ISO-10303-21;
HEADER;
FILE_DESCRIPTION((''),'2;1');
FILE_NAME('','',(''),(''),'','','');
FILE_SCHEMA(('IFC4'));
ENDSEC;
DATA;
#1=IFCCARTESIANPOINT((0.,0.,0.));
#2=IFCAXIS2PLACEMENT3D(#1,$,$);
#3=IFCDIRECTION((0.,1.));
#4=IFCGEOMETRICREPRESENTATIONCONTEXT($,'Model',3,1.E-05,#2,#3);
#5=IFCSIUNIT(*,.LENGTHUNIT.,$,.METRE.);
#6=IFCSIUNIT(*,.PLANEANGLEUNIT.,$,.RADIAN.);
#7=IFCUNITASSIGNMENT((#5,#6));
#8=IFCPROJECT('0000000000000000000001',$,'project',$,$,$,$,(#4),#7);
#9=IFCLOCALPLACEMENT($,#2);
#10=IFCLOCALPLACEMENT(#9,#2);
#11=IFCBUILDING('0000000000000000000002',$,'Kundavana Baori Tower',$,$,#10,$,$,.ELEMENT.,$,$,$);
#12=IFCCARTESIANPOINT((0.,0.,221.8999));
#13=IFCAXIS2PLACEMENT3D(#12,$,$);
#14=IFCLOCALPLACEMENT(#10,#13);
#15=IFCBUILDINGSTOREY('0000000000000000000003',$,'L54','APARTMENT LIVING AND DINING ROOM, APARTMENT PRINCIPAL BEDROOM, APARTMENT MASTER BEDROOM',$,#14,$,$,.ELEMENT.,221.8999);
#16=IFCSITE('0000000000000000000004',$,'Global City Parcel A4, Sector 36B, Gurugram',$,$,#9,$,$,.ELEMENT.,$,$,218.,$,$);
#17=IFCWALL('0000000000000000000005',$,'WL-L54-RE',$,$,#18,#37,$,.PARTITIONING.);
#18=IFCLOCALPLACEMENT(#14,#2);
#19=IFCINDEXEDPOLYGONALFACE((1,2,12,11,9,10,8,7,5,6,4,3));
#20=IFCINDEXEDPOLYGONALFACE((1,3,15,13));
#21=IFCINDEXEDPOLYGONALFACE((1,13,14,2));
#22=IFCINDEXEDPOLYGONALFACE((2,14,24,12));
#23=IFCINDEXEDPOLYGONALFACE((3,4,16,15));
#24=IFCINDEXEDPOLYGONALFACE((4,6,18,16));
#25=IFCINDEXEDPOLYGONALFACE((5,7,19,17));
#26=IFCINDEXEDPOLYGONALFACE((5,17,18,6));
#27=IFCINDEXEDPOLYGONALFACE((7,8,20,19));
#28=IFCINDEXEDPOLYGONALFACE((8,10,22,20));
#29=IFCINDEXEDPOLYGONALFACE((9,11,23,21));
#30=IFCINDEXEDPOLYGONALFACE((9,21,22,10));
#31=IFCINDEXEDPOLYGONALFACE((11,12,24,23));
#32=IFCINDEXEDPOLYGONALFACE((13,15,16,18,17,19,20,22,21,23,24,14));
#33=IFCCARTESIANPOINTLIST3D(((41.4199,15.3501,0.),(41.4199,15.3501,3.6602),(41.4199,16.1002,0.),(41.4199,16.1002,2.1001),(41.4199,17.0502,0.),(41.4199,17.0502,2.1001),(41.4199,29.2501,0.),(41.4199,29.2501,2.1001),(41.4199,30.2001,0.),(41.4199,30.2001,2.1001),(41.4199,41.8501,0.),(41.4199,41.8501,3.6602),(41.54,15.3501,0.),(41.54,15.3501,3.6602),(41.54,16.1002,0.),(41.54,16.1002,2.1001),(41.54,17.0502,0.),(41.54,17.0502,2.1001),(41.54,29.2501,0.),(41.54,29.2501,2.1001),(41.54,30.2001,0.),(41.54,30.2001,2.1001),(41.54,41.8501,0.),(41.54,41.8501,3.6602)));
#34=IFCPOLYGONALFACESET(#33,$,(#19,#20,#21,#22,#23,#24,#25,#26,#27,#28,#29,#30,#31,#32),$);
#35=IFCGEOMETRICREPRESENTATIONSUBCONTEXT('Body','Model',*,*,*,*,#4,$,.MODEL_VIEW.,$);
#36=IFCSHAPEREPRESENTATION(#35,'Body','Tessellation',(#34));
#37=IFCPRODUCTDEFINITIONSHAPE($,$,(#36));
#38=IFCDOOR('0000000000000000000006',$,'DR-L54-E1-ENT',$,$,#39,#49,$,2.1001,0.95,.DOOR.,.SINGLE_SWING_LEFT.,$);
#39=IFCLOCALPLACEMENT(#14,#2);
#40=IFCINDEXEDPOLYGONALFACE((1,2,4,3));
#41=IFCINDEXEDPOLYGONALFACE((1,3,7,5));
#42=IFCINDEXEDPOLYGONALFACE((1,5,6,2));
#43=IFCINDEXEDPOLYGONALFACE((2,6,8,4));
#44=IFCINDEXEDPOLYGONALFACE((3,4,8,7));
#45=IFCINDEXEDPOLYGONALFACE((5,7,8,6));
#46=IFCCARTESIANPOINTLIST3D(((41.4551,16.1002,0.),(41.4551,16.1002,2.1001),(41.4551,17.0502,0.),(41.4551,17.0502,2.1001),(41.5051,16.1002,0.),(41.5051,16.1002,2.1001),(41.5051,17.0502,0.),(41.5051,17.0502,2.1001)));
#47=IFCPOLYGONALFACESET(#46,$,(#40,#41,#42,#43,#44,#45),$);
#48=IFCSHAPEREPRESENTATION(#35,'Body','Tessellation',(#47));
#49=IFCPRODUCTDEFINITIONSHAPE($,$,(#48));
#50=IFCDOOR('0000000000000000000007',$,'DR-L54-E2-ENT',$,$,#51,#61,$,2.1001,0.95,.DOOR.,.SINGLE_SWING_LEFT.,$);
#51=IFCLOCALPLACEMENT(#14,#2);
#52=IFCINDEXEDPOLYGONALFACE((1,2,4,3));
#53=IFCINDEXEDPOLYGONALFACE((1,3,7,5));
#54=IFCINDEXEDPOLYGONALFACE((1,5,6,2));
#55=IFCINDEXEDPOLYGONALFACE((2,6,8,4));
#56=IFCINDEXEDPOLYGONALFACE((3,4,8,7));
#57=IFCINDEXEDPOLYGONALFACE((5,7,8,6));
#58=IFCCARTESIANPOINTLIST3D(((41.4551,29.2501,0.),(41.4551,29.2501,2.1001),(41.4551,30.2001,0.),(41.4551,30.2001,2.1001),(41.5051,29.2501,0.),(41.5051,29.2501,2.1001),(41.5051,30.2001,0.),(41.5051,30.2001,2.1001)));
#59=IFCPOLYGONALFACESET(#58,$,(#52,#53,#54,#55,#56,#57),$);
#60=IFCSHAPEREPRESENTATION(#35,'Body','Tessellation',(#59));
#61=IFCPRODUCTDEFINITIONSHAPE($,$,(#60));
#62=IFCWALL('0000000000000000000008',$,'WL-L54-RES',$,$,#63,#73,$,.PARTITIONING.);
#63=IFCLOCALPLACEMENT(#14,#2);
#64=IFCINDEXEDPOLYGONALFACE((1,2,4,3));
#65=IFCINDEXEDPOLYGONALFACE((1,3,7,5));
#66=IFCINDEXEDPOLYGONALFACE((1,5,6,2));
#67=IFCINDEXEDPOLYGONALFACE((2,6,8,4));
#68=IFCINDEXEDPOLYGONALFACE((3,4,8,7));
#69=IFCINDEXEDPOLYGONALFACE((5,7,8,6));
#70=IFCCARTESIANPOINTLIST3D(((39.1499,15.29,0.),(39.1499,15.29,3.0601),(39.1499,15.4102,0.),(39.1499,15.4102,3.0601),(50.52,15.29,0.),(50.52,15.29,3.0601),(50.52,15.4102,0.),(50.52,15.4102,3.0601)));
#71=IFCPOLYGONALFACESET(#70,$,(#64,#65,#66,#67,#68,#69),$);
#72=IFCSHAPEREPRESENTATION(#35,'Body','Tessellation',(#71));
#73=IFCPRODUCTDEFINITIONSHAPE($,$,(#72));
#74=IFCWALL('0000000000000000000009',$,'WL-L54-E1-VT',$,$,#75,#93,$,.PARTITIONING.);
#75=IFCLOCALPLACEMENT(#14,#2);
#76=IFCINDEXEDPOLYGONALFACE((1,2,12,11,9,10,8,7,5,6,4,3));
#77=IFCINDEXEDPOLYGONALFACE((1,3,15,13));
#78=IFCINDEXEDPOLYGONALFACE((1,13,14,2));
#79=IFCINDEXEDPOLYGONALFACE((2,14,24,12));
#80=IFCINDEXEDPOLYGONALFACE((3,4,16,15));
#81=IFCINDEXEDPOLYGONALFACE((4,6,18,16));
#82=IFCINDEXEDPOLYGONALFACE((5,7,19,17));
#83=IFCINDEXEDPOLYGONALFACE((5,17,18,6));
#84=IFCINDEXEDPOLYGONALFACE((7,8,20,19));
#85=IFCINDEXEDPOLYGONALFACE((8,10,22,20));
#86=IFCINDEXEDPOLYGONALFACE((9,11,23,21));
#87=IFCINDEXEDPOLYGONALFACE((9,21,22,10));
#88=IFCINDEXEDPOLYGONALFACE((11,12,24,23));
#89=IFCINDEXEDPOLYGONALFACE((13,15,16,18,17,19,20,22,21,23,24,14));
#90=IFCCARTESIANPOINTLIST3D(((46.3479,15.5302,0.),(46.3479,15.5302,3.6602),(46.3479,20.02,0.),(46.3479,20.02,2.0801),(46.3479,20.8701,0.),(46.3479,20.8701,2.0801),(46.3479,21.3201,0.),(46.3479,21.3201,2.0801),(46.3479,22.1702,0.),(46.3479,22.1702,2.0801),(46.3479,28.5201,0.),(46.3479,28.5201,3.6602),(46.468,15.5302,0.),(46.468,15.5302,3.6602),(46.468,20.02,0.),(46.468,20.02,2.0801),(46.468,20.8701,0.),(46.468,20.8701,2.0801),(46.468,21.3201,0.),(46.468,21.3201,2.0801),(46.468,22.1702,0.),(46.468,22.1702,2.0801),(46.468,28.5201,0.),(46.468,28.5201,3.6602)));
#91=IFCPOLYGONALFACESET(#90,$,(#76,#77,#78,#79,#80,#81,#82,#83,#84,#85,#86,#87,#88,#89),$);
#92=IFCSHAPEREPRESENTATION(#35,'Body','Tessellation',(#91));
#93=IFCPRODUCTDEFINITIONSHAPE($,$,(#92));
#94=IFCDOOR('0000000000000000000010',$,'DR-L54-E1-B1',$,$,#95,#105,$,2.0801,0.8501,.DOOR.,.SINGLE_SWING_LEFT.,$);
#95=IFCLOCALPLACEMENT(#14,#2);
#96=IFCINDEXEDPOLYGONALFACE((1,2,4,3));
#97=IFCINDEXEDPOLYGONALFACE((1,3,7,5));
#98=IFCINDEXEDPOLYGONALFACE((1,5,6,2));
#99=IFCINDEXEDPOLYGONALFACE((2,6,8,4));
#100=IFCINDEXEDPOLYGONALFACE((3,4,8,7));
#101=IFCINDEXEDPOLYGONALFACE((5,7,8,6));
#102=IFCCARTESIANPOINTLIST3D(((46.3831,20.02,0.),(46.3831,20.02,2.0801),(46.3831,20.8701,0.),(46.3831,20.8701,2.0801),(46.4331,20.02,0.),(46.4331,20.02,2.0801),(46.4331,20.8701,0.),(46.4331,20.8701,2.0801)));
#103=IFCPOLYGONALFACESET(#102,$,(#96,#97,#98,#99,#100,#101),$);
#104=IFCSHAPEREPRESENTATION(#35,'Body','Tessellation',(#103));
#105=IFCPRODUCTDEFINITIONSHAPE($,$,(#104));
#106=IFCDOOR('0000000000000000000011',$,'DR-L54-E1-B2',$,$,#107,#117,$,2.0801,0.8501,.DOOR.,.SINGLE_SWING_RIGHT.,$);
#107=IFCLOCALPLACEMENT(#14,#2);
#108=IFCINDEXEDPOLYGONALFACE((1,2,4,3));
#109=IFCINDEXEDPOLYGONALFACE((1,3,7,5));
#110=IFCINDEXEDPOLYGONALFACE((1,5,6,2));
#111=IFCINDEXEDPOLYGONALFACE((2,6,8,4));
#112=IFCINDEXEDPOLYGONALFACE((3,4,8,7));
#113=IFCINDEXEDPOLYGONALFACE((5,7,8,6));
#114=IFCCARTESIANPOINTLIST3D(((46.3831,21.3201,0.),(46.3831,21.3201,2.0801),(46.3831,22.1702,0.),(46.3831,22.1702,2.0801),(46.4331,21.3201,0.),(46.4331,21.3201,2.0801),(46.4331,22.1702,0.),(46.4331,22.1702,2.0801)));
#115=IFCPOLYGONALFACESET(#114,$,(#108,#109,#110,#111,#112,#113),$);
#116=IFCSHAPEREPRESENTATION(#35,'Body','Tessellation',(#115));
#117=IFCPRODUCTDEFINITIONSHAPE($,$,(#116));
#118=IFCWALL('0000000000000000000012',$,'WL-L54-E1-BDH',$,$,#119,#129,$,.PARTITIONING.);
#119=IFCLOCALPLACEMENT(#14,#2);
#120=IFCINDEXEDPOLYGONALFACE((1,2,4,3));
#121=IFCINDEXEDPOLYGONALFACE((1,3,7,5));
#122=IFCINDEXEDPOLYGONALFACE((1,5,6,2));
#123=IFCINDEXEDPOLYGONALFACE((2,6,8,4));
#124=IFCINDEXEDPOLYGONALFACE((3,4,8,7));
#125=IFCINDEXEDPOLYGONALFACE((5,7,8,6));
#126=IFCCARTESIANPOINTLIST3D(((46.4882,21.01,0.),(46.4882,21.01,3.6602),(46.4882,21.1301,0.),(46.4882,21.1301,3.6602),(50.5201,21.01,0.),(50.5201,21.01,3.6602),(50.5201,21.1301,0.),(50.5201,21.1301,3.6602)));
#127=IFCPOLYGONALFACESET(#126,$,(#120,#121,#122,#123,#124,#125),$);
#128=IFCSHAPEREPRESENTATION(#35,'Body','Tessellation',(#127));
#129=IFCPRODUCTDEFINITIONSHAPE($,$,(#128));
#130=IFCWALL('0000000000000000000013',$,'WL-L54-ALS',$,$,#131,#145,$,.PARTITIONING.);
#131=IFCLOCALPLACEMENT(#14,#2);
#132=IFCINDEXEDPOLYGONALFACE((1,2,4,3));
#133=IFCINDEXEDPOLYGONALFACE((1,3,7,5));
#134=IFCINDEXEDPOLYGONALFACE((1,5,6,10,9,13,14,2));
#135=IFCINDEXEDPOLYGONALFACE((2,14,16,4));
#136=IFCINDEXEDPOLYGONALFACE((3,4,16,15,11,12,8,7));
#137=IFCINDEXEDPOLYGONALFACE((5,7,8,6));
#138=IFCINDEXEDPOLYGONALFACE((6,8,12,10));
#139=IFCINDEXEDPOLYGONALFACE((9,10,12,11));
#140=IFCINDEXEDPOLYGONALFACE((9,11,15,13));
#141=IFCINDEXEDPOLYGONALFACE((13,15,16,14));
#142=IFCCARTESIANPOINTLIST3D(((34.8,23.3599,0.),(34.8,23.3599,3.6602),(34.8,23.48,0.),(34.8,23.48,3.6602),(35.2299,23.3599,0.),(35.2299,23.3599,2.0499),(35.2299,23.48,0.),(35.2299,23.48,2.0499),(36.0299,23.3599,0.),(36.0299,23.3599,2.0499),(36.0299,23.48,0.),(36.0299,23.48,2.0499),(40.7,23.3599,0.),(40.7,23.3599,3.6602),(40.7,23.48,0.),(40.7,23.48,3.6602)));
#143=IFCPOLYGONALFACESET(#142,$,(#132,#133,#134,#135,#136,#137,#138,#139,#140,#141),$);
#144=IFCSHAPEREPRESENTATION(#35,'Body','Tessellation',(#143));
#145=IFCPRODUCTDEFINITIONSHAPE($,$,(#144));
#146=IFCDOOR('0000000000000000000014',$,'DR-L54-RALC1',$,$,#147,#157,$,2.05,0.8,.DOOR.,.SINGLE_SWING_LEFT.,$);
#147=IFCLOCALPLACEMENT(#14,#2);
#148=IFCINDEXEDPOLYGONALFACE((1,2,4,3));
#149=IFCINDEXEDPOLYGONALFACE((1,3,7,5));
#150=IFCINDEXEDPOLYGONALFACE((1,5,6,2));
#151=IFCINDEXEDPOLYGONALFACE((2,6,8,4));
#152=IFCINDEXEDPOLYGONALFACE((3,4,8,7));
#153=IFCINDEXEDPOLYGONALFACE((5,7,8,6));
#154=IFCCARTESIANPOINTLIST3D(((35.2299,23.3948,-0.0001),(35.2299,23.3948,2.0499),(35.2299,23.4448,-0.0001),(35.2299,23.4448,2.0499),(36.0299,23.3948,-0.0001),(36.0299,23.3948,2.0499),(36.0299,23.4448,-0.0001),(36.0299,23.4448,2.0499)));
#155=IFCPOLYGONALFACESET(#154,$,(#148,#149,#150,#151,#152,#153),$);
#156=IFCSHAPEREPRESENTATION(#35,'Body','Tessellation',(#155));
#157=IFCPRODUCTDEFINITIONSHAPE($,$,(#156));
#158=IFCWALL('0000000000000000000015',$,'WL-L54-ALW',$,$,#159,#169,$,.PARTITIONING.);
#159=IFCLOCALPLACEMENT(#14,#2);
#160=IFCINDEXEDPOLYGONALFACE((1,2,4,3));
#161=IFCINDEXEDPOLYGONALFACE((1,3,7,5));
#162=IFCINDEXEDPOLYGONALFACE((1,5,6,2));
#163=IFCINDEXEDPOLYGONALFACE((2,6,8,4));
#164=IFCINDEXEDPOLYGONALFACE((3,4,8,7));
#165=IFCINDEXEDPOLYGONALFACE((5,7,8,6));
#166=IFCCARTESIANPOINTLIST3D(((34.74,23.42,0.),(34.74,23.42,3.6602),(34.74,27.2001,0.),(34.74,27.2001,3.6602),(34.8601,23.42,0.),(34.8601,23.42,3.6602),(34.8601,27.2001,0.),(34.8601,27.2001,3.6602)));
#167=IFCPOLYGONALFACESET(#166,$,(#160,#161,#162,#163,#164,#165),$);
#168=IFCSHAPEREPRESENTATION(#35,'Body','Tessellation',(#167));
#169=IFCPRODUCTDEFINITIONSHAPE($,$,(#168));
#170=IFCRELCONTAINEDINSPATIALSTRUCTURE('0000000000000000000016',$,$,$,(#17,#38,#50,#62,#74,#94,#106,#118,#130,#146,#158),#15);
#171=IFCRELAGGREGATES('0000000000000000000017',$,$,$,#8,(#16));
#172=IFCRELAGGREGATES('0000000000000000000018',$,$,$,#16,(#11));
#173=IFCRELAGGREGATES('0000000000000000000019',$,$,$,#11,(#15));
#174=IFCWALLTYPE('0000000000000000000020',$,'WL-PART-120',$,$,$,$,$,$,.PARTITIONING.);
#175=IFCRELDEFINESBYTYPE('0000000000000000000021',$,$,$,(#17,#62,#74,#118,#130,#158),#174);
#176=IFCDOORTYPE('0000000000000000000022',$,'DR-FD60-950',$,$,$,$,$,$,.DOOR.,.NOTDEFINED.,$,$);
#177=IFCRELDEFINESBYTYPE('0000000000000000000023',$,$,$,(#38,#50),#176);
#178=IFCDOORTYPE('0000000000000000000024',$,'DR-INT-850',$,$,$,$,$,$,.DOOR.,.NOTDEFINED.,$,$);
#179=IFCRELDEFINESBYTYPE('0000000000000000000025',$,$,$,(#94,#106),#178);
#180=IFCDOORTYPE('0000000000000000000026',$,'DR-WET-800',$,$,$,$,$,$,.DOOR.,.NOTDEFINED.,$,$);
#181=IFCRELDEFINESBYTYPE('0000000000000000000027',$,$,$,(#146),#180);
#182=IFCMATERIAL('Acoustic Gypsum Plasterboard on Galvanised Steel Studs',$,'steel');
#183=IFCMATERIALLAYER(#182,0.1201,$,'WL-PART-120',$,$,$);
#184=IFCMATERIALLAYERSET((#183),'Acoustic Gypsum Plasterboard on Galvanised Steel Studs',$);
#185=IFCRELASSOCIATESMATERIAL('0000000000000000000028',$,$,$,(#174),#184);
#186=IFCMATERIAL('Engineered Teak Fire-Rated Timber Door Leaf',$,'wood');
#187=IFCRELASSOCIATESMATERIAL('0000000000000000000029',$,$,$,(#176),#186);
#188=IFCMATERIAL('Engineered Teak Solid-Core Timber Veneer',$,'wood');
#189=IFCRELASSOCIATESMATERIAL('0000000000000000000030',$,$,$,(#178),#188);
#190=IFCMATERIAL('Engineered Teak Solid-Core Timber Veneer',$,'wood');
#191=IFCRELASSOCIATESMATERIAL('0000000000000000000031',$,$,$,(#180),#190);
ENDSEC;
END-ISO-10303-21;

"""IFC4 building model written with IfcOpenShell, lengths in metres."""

from ifc_helpers import new_model, si_unit, direction, frame, frame_2d, origin, place, context, subcontext, project, spatial, rectangle, extrude, material, layer, layer_set, type_object, element, fill, save


model = new_model("IFC4")

# Units and contexts
model_context = context("Model", 3, precision=1e-05, world=origin(), true_north=direction((0.0, 1.0)))
body_context = subcontext(model_context, "Body", "Model", "MODEL_VIEW")
ifc_project = project(units=[si_unit("LENGTHUNIT", "METRE"), si_unit("PLANEANGLEUNIT", "RADIAN")], contexts=[model_context])

# Site, building, storey
site_placement = place(None, origin())
site = spatial("IfcSite", under=ifc_project, at=site_placement, Name="Global City Parcel A4, Sector 36B, Gurugram", CompositionType="ELEMENT", RefElevation=218.0)
building_placement = place(site_placement, origin())
building = spatial("IfcBuilding", under=site, at=building_placement, Name="Kundavana Baori Tower", CompositionType="ELEMENT")
storey_placement = place(building_placement, frame((0.0, 0.0, 221.8999)))
storey = spatial("IfcBuildingStorey", under=building, at=storey_placement, Name="L54", Description="APARTMENT LIVING AND DINING ROOM, APARTMENT PRINCIPAL BEDROOM, APARTMENT MASTER BEDROOM", CompositionType="ELEMENT", Elevation=221.8999)

# Wall, openings, doors
ifc_material_1 = material(Name="Acoustic Gypsum Plasterboard on Galvanised Steel Studs", Category="steel")
ifc_layer_1 = layer(ifc_material_1, 0.1201, Name="WL-PART-120")
ifc_layer_set_1 = layer_set([ifc_layer_1], Name="Acoustic Gypsum Plasterboard on Galvanised Steel Studs")
wall_type_1 = type_object("IfcWallType", Name="WL-PART-120", PredefinedType="PARTITIONING", material=ifc_layer_set_1)
wall_1_placement = place(storey_placement, frame((41.48, 15.3501, 0.0), z_axis=(0.0, 0.0, 1.0), x_axis=(0.0, 1.0, 0.0)))
wall_1 = element("IfcWall", 1, at=wall_1_placement, inside=storey, type_object=wall_type_1, Name="WL-L54-RE", PredefinedType="PARTITIONING", context=body_context, shape_type="SweptSolid", body=[
    extrude(rectangle(XDim=26.5, YDim=0.1201, at=frame_2d((13.25, 0.0))), origin(), (0.0, 0.0, 1.0), 3.6602),
])
opening_1_placement = place(wall_1_placement, frame((0.75, 0.0, 0.0)))
opening_1 = element("IfcOpeningElement", 2, at=opening_1_placement, cuts=wall_1, PredefinedType="OPENING", context=body_context, shape_type="SweptSolid", body=[
    extrude(rectangle(XDim=0.95, YDim=2.1001, at=frame_2d((0.4751, 1.05))), frame((0.0, 0.0701, 0.0), z_axis=(0.0, -1.0, 0.0), x_axis=(1.0, 0.0, 0.0)), (0.0, 0.0, 1.0), 0.1401),
])
opening_2_placement = place(wall_1_placement, frame((13.8999, 0.0, 0.0)))
opening_2 = element("IfcOpeningElement", 3, at=opening_2_placement, cuts=wall_1, PredefinedType="OPENING", context=body_context, shape_type="SweptSolid", body=[
    extrude(rectangle(XDim=0.95, YDim=2.1001, at=frame_2d((0.4751, 1.05))), frame((0.0, 0.0701, 0.0), z_axis=(0.0, -1.0, 0.0), x_axis=(1.0, 0.0, 0.0)), (0.0, 0.0, 1.0), 0.1401),
])
ifc_material_2 = material(Name="Engineered Teak Fire-Rated Timber Door Leaf", Category="wood")
door_type_1 = type_object("IfcDoorType", Name="DR-FD60-950", OperationType="NOTDEFINED", PredefinedType="DOOR", material=ifc_material_2)
door_1_placement = place(opening_1_placement, origin())
door_1 = element("IfcDoor", 4, at=door_1_placement, inside=storey, type_object=door_type_1, Name="DR-L54-E1-ENT", OperationType="SINGLE_SWING_LEFT", OverallHeight=2.1001, OverallWidth=0.95, PredefinedType="DOOR", context=body_context, shape_type="SweptSolid", body=[
    extrude(rectangle(XDim=0.95, YDim=2.1001, at=frame_2d((0.4751, 1.05))), frame((0.0, 0.0249, 0.0), z_axis=(0.0, -1.0, 0.0), x_axis=(1.0, 0.0, 0.0)), (0.0, 0.0, 1.0), 0.05),
])
fill(opening_1, door_1)
door_2_placement = place(opening_2_placement, origin())
door_2 = element("IfcDoor", 5, at=door_2_placement, inside=storey, type_object=door_type_1, Name="DR-L54-E2-ENT", OperationType="SINGLE_SWING_LEFT", OverallHeight=2.1001, OverallWidth=0.95, PredefinedType="DOOR", context=body_context, shape_type="SweptSolid", body=[
    extrude(rectangle(XDim=0.95, YDim=2.1001, at=frame_2d((0.4751, 1.05))), frame((0.0, 0.0249, 0.0), z_axis=(0.0, -1.0, 0.0), x_axis=(1.0, 0.0, 0.0)), (0.0, 0.0, 1.0), 0.05),
])
fill(opening_2, door_2)

# Wall
wall_2_placement = place(storey_placement, frame((39.1499, 15.3501, 0.0), z_axis=(0.0, 0.0, 1.0), x_axis=(1.0, 0.0, 0.0)))
element("IfcWall", 6, at=wall_2_placement, inside=storey, type_object=wall_type_1, Name="WL-L54-RES", PredefinedType="PARTITIONING", context=body_context, shape_type="SweptSolid", body=[
    extrude(rectangle(XDim=11.3701, YDim=0.1201, at=frame_2d((5.6851, 0.0))), origin(), (0.0, 0.0, 1.0), 3.0601),
])

# Wall, openings, doors
wall_3_placement = place(storey_placement, frame((46.408, 15.53, 0.0), z_axis=(0.0, 0.0, 1.0), x_axis=(0.0, 1.0, 0.0)))
wall_3 = element("IfcWall", 7, at=wall_3_placement, inside=storey, type_object=wall_type_1, Name="WL-L54-E1-VT", PredefinedType="PARTITIONING", context=body_context, shape_type="SweptSolid", body=[
    extrude(rectangle(XDim=12.99, YDim=0.1201, at=frame_2d((6.4951, 0.0))), origin(), (0.0, 0.0, 1.0), 3.6602),
])
opening_3_placement = place(wall_3_placement, frame((4.49, 0.0, 0.0)))
opening_3 = element("IfcOpeningElement", 8, at=opening_3_placement, cuts=wall_3, PredefinedType="OPENING", context=body_context, shape_type="SweptSolid", body=[
    extrude(rectangle(XDim=0.8501, YDim=2.0801, at=frame_2d((0.425, 1.04))), frame((0.0, 0.0701, 0.0), z_axis=(0.0, -1.0, 0.0), x_axis=(1.0, 0.0, 0.0)), (0.0, 0.0, 1.0), 0.1401),
])
opening_4_placement = place(wall_3_placement, frame((5.79, 0.0, 0.0)))
opening_4 = element("IfcOpeningElement", 9, at=opening_4_placement, cuts=wall_3, PredefinedType="OPENING", context=body_context, shape_type="SweptSolid", body=[
    extrude(rectangle(XDim=0.8501, YDim=2.0801, at=frame_2d((0.425, 1.04))), frame((0.0, 0.0701, 0.0), z_axis=(0.0, -1.0, 0.0), x_axis=(1.0, 0.0, 0.0)), (0.0, 0.0, 1.0), 0.1401),
])
ifc_material_3 = material(Name="Engineered Teak Solid-Core Timber Veneer", Category="wood")
door_type_2 = type_object("IfcDoorType", Name="DR-INT-850", OperationType="NOTDEFINED", PredefinedType="DOOR", material=ifc_material_3)
door_3_placement = place(opening_3_placement, origin())
door_3 = element("IfcDoor", 10, at=door_3_placement, inside=storey, type_object=door_type_2, Name="DR-L54-E1-B1", OperationType="SINGLE_SWING_LEFT", OverallHeight=2.0801, OverallWidth=0.8501, PredefinedType="DOOR", context=body_context, shape_type="SweptSolid", body=[
    extrude(rectangle(XDim=0.8501, YDim=2.0801, at=frame_2d((0.425, 1.04))), frame((0.0, 0.0249, 0.0), z_axis=(0.0, -1.0, 0.0), x_axis=(1.0, 0.0, 0.0)), (0.0, 0.0, 1.0), 0.05),
])
fill(opening_3, door_3)
door_4_placement = place(opening_4_placement, origin())
door_4 = element("IfcDoor", 11, at=door_4_placement, inside=storey, type_object=door_type_2, Name="DR-L54-E1-B2", OperationType="SINGLE_SWING_RIGHT", OverallHeight=2.0801, OverallWidth=0.8501, PredefinedType="DOOR", context=body_context, shape_type="SweptSolid", body=[
    extrude(rectangle(XDim=0.8501, YDim=2.0801, at=frame_2d((0.425, 1.04))), frame((0.0, 0.0249, 0.0), z_axis=(0.0, -1.0, 0.0), x_axis=(1.0, 0.0, 0.0)), (0.0, 0.0, 1.0), 0.05),
])
fill(opening_4, door_4)

# Wall
wall_4_placement = place(storey_placement, frame((46.488, 21.0701, 0.0), z_axis=(0.0, 0.0, 1.0), x_axis=(1.0, 0.0, 0.0)))
element("IfcWall", 12, at=wall_4_placement, inside=storey, type_object=wall_type_1, Name="WL-L54-E1-BDH", PredefinedType="PARTITIONING", context=body_context, shape_type="SweptSolid", body=[
    extrude(rectangle(XDim=4.032, YDim=0.1201, at=frame_2d((2.0161, 0.0))), origin(), (0.0, 0.0, 1.0), 3.6602),
])

# Wall, opening, door
wall_5_placement = place(storey_placement, frame((34.8, 23.4199, 0.0), z_axis=(0.0, 0.0, 1.0), x_axis=(1.0, 0.0, 0.0)))
wall_5 = element("IfcWall", 13, at=wall_5_placement, inside=storey, type_object=wall_type_1, Name="WL-L54-ALS", PredefinedType="PARTITIONING", context=body_context, shape_type="SweptSolid", body=[
    extrude(rectangle(XDim=5.8999, YDim=0.1201, at=frame_2d((2.95, 0.0))), origin(), (0.0, 0.0, 1.0), 3.6602),
])
opening_5_placement = place(wall_5_placement, frame((0.4299, 0.0, 0.0)))
opening_5 = element("IfcOpeningElement", 14, at=opening_5_placement, cuts=wall_5, PredefinedType="OPENING", context=body_context, shape_type="SweptSolid", body=[
    extrude(rectangle(XDim=0.8, YDim=2.05, at=frame_2d((0.3999, 1.0249))), frame((0.0, 0.0701, 0.0), z_axis=(0.0, -1.0, 0.0), x_axis=(1.0, 0.0, 0.0)), (0.0, 0.0, 1.0), 0.1401),
])
ifc_material_4 = material(Name="Engineered Teak Solid-Core Timber Veneer", Category="wood")
door_type_3 = type_object("IfcDoorType", Name="DR-WET-800", OperationType="NOTDEFINED", PredefinedType="DOOR", material=ifc_material_4)
door_5_placement = place(opening_5_placement, origin())
door_5 = element("IfcDoor", 15, at=door_5_placement, inside=storey, type_object=door_type_3, Name="DR-L54-RALC1", OperationType="SINGLE_SWING_LEFT", OverallHeight=2.05, OverallWidth=0.8, PredefinedType="DOOR", context=body_context, shape_type="SweptSolid", body=[
    extrude(rectangle(XDim=0.8, YDim=2.05, at=frame_2d((0.3999, 1.0249))), frame((0.0, 0.0249, 0.0), z_axis=(0.0, -1.0, 0.0), x_axis=(1.0, 0.0, 0.0)), (0.0, 0.0, 1.0), 0.05),
])
fill(opening_5, door_5)

# Wall
for number, where, z_axis, x_axis, name in (
    (16, (34.8, 23.4199, 0.0), (0.0, 0.0, 1.0), (0.0, 1.0, 0.0), "WL-L54-ALW"),
):
    element("IfcWall", number, at=place(storey_placement, frame(where, z_axis=z_axis, x_axis=x_axis)), inside=storey, type_object=wall_type_1, Name=name, PredefinedType="PARTITIONING", context=body_context, shape_type="SweptSolid", body=[
        extrude(rectangle(XDim=3.78, YDim=0.1201, at=frame_2d((1.8901, 0.0))), origin(), (0.0, 0.0, 1.0), 3.6602),
    ])

save(model, "model.ifc")
